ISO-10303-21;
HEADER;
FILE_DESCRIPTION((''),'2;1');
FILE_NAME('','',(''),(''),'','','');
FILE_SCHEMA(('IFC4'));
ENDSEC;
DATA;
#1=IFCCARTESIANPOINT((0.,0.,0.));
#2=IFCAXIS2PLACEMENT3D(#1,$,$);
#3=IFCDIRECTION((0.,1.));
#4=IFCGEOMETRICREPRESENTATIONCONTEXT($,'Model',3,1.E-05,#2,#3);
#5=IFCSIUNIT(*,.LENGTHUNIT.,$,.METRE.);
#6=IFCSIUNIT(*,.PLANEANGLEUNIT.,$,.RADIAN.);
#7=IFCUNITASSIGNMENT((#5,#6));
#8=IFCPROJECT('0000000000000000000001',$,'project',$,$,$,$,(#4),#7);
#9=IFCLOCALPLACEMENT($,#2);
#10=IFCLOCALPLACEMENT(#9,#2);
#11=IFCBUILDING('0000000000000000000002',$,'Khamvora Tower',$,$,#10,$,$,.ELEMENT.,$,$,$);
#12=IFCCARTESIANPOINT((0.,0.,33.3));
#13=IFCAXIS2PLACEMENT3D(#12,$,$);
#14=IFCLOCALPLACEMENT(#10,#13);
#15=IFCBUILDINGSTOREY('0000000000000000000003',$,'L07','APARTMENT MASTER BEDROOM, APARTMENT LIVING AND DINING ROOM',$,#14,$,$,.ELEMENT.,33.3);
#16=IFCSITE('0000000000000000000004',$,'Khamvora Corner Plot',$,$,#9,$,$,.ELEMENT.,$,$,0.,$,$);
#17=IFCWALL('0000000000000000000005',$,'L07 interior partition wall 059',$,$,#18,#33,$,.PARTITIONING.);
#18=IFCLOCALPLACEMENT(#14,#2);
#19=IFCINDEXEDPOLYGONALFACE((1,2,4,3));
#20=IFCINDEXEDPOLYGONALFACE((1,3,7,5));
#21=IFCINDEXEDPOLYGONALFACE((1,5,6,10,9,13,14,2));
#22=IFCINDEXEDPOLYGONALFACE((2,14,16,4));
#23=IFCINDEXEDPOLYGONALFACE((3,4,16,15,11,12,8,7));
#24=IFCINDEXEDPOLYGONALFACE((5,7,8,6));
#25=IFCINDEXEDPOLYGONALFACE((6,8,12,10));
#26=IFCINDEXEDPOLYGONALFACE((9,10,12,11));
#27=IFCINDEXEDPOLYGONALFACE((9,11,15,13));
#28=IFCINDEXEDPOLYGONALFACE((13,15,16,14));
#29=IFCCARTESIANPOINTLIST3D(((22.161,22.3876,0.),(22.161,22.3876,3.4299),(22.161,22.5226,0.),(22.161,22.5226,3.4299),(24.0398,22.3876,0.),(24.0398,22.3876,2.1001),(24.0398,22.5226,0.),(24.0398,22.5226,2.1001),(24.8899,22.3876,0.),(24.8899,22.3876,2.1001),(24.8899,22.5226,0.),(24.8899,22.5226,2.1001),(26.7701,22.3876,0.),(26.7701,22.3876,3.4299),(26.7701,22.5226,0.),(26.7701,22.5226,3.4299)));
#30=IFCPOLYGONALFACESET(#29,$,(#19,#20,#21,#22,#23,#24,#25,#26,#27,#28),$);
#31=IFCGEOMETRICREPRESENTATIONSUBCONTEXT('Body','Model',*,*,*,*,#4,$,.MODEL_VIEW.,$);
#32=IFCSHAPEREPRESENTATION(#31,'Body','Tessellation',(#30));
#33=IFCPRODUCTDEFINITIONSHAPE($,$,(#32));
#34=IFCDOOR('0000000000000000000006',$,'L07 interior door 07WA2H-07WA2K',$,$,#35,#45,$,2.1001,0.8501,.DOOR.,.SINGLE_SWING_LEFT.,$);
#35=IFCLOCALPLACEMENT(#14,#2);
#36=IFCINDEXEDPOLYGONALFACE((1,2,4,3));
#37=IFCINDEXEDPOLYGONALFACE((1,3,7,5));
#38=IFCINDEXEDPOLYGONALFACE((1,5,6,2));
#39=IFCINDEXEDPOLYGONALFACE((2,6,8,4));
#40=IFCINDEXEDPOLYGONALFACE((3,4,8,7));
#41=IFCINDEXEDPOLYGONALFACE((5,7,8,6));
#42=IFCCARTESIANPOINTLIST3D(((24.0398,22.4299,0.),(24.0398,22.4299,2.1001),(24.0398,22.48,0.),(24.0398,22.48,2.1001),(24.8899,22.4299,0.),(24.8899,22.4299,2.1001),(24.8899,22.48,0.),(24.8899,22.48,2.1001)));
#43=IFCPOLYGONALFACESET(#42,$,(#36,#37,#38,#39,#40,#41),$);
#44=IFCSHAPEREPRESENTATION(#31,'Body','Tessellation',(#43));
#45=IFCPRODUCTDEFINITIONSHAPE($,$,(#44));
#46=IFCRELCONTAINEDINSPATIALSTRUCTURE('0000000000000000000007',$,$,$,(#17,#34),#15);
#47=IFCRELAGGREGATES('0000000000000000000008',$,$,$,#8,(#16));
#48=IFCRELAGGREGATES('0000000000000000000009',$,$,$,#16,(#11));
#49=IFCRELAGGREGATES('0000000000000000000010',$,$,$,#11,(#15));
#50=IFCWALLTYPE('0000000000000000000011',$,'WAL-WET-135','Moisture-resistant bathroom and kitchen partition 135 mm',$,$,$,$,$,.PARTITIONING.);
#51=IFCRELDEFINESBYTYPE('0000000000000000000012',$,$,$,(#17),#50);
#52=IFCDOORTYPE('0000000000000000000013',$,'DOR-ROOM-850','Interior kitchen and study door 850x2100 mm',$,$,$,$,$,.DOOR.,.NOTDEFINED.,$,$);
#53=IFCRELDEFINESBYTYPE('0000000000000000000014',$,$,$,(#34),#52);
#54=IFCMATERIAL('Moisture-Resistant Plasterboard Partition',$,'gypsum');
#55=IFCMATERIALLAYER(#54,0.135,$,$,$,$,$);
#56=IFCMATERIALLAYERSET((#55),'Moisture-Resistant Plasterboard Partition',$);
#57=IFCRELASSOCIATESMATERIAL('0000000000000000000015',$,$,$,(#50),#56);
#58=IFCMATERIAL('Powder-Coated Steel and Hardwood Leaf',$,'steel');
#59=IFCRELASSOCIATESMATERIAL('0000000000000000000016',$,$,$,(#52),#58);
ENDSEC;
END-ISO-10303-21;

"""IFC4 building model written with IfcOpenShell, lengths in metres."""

from ifc_helpers import new_model, si_unit, direction, frame, frame_2d, origin, place, context, subcontext, project, spatial, rectangle, extrude, material, layer, layer_set, type_object, element, fill, save


model = new_model("IFC4")

# Units and contexts
model_context = context("Model", 3, precision=1e-05, world=origin(), true_north=direction((0.0, 1.0)))
body_context = subcontext(model_context, "Body", "Model", "MODEL_VIEW")
ifc_project = project(units=[si_unit("LENGTHUNIT", "METRE"), si_unit("PLANEANGLEUNIT", "RADIAN")], contexts=[model_context])

# Site, building, storey
site_placement = place(None, origin())
site = spatial("IfcSite", under=ifc_project, at=site_placement, Name="Khamvora Corner Plot", CompositionType="ELEMENT", RefElevation=0.0)
building_placement = place(site_placement, origin())
building = spatial("IfcBuilding", under=site, at=building_placement, Name="Khamvora Tower", CompositionType="ELEMENT")
storey_placement = place(building_placement, frame((0.0, 0.0, 33.3)))
storey = spatial("IfcBuildingStorey", under=building, at=storey_placement, Name="L07", Description="APARTMENT MASTER BEDROOM, APARTMENT LIVING AND DINING ROOM", CompositionType="ELEMENT", Elevation=33.3)

# Shared definitions
ifc_material_1 = material(Name="Powder-Coated Steel and Hardwood Leaf", Category="steel")

# Shared definitions
ifc_material_2 = material(Name="Moisture-Resistant Plasterboard Partition", Category="gypsum")
ifc_layer_1 = layer(ifc_material_2, 0.135)
ifc_layer_set_1 = layer_set([ifc_layer_1], Name="Moisture-Resistant Plasterboard Partition")
wall_type_1 = type_object("IfcWallType", Name="WAL-WET-135", Description="Moisture-resistant bathroom and kitchen partition 135 mm", PredefinedType="PARTITIONING", material=ifc_layer_set_1)

# Wall, opening, door
wall_1_placement = place(storey_placement, frame((22.1609, 22.4551, 0.0), z_axis=(0.0, 0.0, 1.0), x_axis=(1.0, 0.0, 0.0)))
wall_1 = element("IfcWall", 1, at=wall_1_placement, inside=storey, type_object=wall_type_1, Name="L07 interior partition wall 059", PredefinedType="PARTITIONING", context=body_context, shape_type="SweptSolid", body=[
    extrude(rectangle(XDim=4.6091, YDim=0.135, at=frame_2d((2.3047, 0.0))), origin(), (0.0, 0.0, 1.0), 3.4299),
])
opening_1_placement = place(wall_1_placement, frame((1.8789, 0.0, 0.0)))
opening_1 = element("IfcOpeningElement", 2, at=opening_1_placement, cuts=wall_1, PredefinedType="OPENING", context=body_context, shape_type="SweptSolid", body=[
    extrude(rectangle(XDim=0.8501, YDim=2.1001, at=frame_2d((0.425, 1.05))), frame((0.0, 0.0774, 0.0), z_axis=(0.0, -1.0, 0.0), x_axis=(1.0, 0.0, 0.0)), (0.0, 0.0, 1.0), 0.155),
])
door_type_1 = type_object("IfcDoorType", Name="DOR-ROOM-850", Description="Interior kitchen and study door 850x2100 mm", OperationType="NOTDEFINED", PredefinedType="DOOR", material=ifc_material_1)
door_1_placement = place(opening_1_placement, origin())
door_1 = element("IfcDoor", 3, at=door_1_placement, inside=storey, type_object=door_type_1, Name="L07 interior door 07WA2H-07WA2K", OperationType="SINGLE_SWING_LEFT", OverallHeight=2.1001, OverallWidth=0.8501, PredefinedType="DOOR", context=body_context, shape_type="SweptSolid", body=[
    extrude(rectangle(XDim=0.8501, YDim=2.1001, at=frame_2d((0.425, 1.05))), frame((0.0, 0.0249, 0.0), z_axis=(0.0, -1.0, 0.0), x_axis=(1.0, 0.0, 0.0)), (0.0, 0.0, 1.0), 0.05),
])
fill(opening_1, door_1)

save(model, "model.ifc")
